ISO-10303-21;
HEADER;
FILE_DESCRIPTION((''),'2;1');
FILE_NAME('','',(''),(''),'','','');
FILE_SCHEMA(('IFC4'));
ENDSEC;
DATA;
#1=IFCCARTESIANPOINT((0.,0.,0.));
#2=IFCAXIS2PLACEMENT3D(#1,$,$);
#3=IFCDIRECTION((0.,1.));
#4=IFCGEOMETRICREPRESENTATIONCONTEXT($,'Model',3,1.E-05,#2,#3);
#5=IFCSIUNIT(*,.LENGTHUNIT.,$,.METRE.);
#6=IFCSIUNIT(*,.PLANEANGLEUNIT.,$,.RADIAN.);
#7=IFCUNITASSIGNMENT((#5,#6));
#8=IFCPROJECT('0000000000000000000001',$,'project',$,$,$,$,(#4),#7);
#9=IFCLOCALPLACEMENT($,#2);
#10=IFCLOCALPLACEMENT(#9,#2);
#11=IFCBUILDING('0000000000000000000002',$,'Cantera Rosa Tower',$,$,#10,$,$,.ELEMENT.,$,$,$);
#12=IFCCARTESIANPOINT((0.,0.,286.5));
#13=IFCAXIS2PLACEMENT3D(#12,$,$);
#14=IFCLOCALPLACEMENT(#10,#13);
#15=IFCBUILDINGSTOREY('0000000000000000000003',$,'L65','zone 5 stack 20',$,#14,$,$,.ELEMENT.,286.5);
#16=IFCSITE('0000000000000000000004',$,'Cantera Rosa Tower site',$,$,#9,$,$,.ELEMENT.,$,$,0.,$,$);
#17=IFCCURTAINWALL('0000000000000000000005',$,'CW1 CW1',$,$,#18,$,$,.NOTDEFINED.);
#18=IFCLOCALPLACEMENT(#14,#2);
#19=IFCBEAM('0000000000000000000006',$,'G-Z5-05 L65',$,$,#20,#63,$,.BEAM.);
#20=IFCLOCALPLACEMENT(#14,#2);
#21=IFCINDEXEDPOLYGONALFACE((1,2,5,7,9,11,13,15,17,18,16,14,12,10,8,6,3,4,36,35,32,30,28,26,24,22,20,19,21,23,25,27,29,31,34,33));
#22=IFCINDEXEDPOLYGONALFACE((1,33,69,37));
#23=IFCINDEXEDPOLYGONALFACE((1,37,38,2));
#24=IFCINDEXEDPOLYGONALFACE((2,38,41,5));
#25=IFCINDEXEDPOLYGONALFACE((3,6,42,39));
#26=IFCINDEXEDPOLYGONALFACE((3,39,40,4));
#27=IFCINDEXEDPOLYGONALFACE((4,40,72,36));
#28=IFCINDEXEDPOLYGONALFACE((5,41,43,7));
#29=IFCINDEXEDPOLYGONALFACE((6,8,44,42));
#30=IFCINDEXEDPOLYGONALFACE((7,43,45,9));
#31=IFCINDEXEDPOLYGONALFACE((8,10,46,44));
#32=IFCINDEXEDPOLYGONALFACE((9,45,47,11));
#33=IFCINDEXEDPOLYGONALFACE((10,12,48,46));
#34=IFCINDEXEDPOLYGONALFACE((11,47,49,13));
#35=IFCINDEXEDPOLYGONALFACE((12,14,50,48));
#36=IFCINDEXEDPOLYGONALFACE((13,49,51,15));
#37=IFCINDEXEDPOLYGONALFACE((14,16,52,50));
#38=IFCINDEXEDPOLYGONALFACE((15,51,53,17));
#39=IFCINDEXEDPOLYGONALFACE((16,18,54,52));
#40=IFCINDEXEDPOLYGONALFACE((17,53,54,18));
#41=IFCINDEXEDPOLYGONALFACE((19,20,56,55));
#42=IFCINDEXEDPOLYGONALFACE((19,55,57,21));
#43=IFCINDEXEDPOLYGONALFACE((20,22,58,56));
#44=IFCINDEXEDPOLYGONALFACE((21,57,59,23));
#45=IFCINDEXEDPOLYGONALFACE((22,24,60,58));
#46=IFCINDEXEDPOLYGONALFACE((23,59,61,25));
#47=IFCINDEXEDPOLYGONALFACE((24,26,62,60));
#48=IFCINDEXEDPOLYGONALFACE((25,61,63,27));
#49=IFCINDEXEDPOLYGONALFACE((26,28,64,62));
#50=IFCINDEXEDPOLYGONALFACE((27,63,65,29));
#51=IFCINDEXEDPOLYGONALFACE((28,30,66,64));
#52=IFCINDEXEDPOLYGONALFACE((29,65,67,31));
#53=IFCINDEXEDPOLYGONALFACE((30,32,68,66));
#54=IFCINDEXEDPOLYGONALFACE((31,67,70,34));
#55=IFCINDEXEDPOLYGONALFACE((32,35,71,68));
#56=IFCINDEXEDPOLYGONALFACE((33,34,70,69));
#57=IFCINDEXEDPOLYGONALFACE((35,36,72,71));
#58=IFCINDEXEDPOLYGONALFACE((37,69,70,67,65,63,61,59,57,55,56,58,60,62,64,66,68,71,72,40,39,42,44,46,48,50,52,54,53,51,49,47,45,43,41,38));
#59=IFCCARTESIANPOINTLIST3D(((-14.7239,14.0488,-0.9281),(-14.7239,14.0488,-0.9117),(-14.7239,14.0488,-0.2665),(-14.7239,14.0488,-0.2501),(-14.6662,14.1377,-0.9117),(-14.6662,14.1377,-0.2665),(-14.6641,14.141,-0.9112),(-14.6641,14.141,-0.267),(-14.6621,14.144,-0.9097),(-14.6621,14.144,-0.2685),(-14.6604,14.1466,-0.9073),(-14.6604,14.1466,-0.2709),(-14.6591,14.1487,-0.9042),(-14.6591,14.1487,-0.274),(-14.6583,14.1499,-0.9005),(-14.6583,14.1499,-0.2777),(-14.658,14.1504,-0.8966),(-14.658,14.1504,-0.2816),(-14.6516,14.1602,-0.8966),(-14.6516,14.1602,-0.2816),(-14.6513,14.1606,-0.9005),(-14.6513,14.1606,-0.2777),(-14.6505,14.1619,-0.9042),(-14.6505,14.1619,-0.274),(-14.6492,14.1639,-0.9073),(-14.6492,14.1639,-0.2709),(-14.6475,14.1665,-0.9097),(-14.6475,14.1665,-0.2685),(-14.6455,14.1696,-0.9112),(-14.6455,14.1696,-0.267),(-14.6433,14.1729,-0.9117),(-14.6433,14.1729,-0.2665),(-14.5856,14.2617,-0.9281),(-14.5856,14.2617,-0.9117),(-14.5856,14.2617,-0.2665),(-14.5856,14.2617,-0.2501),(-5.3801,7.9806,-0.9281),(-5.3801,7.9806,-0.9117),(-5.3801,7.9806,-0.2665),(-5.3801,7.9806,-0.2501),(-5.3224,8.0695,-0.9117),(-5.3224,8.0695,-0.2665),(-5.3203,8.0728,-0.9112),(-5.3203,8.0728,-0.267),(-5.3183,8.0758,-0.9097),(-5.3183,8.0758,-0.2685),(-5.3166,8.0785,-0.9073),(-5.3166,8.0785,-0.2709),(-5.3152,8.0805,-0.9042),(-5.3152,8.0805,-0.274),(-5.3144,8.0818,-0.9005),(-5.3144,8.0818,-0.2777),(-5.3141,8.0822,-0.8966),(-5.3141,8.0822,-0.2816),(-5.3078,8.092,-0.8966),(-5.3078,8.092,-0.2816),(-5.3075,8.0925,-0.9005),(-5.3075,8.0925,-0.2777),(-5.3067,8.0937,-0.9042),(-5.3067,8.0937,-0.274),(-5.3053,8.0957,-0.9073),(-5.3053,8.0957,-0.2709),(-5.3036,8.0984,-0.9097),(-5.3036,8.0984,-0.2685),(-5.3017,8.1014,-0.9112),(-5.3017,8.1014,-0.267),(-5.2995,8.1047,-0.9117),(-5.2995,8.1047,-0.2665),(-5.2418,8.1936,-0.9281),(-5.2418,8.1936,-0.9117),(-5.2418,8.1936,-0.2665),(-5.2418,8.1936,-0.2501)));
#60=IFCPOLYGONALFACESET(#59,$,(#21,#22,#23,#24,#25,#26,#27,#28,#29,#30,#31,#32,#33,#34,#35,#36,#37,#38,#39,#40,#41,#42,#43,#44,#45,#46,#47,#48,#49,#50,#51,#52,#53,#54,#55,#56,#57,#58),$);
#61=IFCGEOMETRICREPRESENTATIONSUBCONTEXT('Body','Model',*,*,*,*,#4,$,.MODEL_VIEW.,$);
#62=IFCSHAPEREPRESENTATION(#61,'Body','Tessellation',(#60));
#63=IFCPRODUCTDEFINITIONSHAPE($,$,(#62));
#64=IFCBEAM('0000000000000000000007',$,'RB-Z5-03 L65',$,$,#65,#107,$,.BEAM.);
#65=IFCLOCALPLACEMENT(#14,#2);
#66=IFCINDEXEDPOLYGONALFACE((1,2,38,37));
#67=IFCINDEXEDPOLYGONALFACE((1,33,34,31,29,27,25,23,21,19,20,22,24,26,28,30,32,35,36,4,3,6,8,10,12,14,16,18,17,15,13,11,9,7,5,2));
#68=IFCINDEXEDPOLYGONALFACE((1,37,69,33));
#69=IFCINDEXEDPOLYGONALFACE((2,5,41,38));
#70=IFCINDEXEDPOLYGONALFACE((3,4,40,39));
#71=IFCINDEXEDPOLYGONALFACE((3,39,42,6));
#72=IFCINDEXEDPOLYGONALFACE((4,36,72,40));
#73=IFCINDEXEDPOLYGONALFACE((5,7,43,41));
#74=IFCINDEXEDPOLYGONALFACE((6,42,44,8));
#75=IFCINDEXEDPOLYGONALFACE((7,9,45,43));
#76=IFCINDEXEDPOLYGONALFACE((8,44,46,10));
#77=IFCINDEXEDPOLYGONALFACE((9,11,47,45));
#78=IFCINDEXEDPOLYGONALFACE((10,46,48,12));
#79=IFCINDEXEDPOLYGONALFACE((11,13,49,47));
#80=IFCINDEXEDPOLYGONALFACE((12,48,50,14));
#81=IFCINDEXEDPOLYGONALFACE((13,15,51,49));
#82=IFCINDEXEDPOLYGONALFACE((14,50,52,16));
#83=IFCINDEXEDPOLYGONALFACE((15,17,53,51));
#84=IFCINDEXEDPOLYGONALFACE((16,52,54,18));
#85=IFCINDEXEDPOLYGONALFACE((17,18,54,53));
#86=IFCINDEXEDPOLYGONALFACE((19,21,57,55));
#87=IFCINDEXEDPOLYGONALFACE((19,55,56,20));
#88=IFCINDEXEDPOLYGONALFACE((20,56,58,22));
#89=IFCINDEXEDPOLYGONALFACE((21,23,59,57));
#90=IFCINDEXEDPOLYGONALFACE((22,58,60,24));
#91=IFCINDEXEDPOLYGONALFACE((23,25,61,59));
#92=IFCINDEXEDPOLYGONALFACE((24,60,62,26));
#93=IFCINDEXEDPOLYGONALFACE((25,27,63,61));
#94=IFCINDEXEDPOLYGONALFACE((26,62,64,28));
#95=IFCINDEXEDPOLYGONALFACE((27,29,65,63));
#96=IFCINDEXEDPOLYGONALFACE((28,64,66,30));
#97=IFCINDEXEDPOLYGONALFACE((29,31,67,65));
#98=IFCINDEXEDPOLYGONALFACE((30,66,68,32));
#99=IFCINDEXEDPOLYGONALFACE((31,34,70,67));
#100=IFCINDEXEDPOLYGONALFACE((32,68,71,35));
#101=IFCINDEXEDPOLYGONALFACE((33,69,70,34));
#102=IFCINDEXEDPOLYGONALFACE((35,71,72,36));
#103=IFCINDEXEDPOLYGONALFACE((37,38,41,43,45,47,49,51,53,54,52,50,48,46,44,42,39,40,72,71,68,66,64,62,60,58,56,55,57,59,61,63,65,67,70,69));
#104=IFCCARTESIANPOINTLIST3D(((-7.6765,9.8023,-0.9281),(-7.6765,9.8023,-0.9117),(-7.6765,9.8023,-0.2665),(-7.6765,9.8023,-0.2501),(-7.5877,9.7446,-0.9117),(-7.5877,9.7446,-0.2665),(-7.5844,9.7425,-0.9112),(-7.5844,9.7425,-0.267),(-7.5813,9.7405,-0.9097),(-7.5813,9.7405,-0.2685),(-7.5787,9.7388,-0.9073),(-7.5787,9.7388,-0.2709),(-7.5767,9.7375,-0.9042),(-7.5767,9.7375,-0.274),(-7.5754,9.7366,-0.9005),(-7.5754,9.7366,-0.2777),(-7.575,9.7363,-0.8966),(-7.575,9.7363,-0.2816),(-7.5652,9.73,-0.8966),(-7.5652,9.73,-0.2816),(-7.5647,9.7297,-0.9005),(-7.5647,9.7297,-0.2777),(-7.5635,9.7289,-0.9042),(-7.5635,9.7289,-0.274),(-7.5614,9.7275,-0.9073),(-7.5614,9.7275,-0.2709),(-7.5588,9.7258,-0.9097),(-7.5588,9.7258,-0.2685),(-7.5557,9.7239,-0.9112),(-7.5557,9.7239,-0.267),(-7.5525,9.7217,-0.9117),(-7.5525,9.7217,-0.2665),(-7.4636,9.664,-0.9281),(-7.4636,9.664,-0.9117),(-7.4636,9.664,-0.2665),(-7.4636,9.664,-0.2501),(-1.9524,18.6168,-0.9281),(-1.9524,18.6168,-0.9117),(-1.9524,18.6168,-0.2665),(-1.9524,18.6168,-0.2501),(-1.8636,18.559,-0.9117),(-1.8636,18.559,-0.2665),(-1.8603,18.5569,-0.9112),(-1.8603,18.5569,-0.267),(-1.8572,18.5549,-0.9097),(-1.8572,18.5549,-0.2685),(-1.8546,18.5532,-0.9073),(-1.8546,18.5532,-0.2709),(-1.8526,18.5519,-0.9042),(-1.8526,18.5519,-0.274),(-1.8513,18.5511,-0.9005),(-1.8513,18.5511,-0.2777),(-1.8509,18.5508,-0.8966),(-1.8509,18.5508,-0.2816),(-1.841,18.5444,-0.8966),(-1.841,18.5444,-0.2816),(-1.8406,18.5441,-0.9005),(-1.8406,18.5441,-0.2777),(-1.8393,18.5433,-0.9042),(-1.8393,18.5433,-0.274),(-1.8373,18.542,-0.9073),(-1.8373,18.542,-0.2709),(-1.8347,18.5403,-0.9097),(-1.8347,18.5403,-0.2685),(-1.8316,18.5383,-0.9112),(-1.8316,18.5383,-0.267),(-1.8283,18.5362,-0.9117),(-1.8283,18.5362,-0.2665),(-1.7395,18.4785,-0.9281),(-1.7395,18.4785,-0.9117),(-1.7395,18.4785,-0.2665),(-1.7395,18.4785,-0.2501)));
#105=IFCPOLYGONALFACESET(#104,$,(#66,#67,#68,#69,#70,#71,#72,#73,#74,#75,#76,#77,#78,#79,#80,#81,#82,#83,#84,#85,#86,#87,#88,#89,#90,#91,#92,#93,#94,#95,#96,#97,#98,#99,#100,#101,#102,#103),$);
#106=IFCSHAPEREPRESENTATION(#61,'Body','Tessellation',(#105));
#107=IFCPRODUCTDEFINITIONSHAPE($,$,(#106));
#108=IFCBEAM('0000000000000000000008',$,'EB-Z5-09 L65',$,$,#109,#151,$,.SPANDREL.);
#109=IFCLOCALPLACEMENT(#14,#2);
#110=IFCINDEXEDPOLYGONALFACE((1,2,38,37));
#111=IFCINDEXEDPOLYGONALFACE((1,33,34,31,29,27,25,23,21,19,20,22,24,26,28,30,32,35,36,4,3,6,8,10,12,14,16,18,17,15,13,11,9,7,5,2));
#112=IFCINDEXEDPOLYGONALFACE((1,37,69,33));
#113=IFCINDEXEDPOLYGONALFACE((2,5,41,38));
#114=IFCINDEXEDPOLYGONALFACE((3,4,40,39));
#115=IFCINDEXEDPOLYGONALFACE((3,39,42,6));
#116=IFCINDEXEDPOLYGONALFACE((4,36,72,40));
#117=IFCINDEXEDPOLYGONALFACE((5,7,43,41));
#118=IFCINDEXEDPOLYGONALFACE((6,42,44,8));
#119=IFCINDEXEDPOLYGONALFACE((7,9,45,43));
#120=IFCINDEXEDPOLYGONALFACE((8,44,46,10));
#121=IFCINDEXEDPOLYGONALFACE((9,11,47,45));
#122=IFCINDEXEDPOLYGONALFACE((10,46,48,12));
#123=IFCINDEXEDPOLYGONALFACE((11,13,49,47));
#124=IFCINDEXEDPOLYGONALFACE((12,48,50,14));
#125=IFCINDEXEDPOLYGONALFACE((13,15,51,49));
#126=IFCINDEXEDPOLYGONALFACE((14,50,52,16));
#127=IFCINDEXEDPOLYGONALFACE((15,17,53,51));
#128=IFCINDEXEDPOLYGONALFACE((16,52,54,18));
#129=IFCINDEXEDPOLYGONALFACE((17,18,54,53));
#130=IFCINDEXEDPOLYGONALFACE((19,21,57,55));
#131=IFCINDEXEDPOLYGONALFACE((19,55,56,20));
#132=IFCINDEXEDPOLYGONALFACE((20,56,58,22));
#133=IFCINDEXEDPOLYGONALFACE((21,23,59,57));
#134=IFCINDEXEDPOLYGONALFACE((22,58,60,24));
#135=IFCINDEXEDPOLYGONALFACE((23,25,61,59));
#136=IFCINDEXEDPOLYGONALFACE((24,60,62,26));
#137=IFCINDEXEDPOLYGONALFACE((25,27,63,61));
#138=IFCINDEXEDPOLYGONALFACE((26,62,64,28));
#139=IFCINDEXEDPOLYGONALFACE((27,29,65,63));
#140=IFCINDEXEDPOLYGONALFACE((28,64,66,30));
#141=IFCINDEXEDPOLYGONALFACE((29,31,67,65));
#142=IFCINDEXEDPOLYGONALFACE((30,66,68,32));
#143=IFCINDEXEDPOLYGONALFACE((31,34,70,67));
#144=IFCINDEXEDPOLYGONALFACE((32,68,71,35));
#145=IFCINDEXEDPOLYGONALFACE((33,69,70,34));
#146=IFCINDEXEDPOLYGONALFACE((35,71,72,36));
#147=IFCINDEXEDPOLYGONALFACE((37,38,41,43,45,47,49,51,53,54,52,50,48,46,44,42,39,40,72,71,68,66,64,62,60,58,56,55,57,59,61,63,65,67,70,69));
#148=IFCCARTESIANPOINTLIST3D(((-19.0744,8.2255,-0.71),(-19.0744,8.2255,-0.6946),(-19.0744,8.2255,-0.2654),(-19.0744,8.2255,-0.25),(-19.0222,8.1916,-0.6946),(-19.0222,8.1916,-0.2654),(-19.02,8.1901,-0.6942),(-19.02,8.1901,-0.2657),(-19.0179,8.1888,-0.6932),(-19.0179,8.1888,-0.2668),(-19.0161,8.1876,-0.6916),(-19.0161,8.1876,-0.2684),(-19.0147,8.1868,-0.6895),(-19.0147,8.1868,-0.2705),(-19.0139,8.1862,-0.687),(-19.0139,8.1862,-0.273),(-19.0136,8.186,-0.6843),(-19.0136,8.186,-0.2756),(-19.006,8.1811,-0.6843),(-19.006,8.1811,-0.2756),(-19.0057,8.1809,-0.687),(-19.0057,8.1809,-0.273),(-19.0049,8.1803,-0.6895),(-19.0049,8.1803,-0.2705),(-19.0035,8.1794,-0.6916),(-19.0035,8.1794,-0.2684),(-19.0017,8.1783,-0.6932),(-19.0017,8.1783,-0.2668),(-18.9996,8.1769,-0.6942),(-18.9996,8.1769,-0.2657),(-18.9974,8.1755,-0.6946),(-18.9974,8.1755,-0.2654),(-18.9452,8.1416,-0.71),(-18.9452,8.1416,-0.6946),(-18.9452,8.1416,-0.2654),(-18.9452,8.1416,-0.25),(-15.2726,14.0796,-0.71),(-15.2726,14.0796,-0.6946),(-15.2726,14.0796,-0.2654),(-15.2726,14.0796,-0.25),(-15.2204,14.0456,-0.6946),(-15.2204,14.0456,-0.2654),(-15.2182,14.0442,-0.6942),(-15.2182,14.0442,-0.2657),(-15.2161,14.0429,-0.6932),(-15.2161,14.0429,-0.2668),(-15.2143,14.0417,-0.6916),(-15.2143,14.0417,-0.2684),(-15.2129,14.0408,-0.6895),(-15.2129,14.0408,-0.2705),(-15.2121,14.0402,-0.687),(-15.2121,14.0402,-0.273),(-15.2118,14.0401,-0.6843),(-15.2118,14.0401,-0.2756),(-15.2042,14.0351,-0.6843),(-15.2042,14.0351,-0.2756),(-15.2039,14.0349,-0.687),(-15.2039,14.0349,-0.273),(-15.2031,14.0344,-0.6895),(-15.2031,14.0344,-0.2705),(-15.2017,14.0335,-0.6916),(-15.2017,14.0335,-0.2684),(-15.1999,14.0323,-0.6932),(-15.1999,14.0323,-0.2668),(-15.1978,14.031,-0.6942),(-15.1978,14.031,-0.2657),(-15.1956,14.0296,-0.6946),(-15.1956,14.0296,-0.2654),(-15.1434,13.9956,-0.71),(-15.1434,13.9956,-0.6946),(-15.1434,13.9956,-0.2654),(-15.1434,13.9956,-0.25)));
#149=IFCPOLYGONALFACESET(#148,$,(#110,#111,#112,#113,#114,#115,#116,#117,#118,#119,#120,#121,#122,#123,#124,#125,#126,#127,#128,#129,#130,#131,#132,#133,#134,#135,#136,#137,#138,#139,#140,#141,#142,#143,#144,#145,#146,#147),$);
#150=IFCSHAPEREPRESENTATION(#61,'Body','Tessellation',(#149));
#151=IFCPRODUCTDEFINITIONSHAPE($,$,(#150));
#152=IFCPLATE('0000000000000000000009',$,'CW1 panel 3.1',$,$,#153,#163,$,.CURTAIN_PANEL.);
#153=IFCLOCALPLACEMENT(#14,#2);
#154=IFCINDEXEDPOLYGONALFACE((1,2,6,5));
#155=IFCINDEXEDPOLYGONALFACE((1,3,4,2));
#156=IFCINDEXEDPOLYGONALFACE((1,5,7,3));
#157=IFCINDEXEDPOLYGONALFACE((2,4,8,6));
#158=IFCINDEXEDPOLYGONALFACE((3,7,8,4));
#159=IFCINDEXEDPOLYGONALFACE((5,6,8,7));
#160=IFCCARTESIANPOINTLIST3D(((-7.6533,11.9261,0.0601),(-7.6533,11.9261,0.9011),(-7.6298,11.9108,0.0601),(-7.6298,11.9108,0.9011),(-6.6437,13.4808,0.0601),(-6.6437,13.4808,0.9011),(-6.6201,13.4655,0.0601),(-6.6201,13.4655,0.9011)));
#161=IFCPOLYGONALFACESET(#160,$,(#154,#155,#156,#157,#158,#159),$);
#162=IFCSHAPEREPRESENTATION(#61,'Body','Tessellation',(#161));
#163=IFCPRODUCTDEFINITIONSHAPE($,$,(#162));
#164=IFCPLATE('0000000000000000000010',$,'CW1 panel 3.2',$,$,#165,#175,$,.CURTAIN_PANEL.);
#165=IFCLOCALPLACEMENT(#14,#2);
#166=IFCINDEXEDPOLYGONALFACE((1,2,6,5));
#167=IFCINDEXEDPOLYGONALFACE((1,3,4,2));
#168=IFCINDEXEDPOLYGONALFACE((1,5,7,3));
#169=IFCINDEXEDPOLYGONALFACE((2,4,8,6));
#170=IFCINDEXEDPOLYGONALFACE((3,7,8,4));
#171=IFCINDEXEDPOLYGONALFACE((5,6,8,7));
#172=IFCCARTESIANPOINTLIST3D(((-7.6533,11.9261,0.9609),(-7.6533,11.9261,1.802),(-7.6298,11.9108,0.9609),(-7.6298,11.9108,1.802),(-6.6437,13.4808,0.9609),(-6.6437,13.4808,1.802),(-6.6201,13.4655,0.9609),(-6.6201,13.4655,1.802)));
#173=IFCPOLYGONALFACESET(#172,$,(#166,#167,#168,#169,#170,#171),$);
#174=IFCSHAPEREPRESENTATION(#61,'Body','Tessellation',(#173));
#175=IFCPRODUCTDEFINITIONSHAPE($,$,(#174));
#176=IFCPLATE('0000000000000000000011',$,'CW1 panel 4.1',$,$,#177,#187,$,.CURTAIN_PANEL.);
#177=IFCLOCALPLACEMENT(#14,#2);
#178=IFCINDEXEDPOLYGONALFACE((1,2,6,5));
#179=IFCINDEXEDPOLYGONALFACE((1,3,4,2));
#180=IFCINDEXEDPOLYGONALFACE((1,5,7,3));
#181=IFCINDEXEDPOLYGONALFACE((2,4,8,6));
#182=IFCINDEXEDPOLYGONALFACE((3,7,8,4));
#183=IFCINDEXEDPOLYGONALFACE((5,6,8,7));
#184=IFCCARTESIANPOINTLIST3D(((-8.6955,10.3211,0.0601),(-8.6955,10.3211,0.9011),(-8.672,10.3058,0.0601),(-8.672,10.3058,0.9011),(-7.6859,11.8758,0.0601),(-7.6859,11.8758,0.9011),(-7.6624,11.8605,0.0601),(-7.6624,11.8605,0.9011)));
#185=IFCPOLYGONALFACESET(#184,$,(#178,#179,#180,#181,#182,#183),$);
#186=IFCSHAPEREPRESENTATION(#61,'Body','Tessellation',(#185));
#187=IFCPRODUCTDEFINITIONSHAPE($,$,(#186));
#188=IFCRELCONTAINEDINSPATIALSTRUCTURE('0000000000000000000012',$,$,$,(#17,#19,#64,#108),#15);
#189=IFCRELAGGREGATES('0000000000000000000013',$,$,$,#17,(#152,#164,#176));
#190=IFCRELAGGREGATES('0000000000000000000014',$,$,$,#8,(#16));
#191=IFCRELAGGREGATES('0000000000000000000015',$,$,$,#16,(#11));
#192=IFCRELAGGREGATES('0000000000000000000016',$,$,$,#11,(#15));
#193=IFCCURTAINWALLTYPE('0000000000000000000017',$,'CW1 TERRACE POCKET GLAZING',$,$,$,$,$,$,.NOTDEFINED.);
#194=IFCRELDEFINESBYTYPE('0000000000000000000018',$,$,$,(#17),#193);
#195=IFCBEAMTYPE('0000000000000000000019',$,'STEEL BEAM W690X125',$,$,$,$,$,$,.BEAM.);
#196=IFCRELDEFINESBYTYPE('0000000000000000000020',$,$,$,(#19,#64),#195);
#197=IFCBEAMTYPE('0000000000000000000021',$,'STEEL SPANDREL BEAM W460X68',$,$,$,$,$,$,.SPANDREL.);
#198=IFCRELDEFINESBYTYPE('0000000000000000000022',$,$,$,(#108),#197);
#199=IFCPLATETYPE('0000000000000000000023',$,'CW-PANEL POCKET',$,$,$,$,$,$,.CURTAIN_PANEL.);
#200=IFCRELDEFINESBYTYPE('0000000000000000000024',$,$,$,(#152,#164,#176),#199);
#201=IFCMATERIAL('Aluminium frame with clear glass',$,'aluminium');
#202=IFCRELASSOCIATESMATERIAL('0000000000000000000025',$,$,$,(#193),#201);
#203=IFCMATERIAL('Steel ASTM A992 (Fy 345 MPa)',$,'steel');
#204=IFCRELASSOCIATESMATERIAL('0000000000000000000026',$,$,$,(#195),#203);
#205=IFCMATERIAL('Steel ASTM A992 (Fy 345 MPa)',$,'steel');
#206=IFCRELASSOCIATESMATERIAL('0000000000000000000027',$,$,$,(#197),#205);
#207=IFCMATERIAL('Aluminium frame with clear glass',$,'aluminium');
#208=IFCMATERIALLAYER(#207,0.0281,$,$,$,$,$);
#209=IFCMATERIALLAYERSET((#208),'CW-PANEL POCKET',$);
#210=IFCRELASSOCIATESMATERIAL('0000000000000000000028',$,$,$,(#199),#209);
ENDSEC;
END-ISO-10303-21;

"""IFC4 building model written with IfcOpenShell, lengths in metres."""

from ifc_helpers import new_model, si_unit, direction, frame, origin, origin_2d, place, context, subcontext, project, spatial, rectangle, i_section, extrude, material, layer, layer_set, material_profile, profile_set, type_object, element, aggregate, save


model = new_model("IFC4")

# Units and contexts
model_context = context("Model", 3, precision=1e-05, world=origin(), true_north=direction((0.0, 1.0)))
body_context = subcontext(model_context, "Body", "Model", "MODEL_VIEW")
ifc_project = project(units=[si_unit("LENGTHUNIT", "METRE"), si_unit("PLANEANGLEUNIT", "RADIAN")], contexts=[model_context])

# Site, building, storey
site_placement = place(None, origin())
site = spatial("IfcSite", under=ifc_project, at=site_placement, Name="Cantera Rosa Tower site", CompositionType="ELEMENT", RefElevation=0.0)
building_placement = place(site_placement, origin())
building = spatial("IfcBuilding", under=site, at=building_placement, Name="Cantera Rosa Tower", CompositionType="ELEMENT")
storey_placement = place(building_placement, frame((0.0, 0.0, 286.5)))
storey = spatial("IfcBuildingStorey", under=building, at=storey_placement, Name="L65", Description="zone 5 stack 20", CompositionType="ELEMENT", Elevation=286.5)

# Curtain wall
ifc_material_1 = material(Name="Aluminium frame with clear glass", Category="aluminium")
curtain_wall_type = type_object("IfcCurtainWallType", Name="CW1 TERRACE POCKET GLAZING", PredefinedType="NOTDEFINED", material=ifc_material_1)
curtain_wall_placement = place(storey_placement, origin())
curtain_wall = element("IfcCurtainWall", 1, at=curtain_wall_placement, inside=storey, type_object=curtain_wall_type, Name="CW1 CW1", PredefinedType="NOTDEFINED")

# Beams
ifc_material_2 = material(Name="Steel ASTM A992 (Fy 345 MPa)", Category="steel")
ifc_material_profile_1 = material_profile(ifc_material_2, i_section(OverallWidth=0.2539, OverallDepth=0.678, WebThickness=0.0117, FlangeThickness=0.0164, FilletRadius=0.0151, at=origin_2d()), Name="W690X125")
ifc_profile_set_1 = profile_set([ifc_material_profile_1], Name="Steel ASTM A992 (Fy 345 MPa)")
beam_type_1 = type_object("IfcBeamType", Name="STEEL BEAM W690X125", PredefinedType="BEAM", material=ifc_profile_set_1)
beam_1_placement = place(storey_placement, frame((-14.6548, 14.1553, -0.5891), z_axis=(0.838662, -0.544652, 0.0), x_axis=(0.544652, 0.838662, 0.0)))
element("IfcBeam", 2, at=beam_1_placement, inside=storey, type_object=beam_type_1, Name="G-Z5-05 L65", PredefinedType="BEAM", context=body_context, shape_type="SweptSolid", body=[
    extrude(i_section(OverallWidth=0.2539, OverallDepth=0.678, WebThickness=0.0117, FlangeThickness=0.0164, FilletRadius=0.0151, at=origin_2d()), origin(), (0.0, 0.0, 1.0), 11.1414),
])
beam_2_placement = place(storey_placement, frame((-7.5701, 9.7332, -0.5891), z_axis=(0.544636, 0.838673, 0.0), x_axis=(-0.838673, 0.544636, 0.0)))
element("IfcBeam", 3, at=beam_2_placement, inside=storey, type_object=beam_type_1, Name="RB-Z5-03 L65", PredefinedType="BEAM", context=body_context, shape_type="SweptSolid", body=[
    extrude(i_section(OverallWidth=0.2539, OverallDepth=0.678, WebThickness=0.0117, FlangeThickness=0.0164, FilletRadius=0.0151, at=origin_2d()), origin(), (0.0, 0.0, 1.0), 10.51),
])
ifc_material_3 = material(Name="Steel ASTM A992 (Fy 345 MPa)", Category="steel")
ifc_material_profile_2 = material_profile(ifc_material_3, i_section(OverallWidth=0.1541, OverallDepth=0.46, WebThickness=0.009, FlangeThickness=0.0154, FilletRadius=0.0103, at=origin_2d()), Name="W460X68")
ifc_profile_set_2 = profile_set([ifc_material_profile_2], Name="Steel ASTM A992 (Fy 345 MPa)")
beam_type_2 = type_object("IfcBeamType", Name="STEEL SPANDREL BEAM W460X68", PredefinedType="SPANDREL", material=ifc_profile_set_2)
beam_3_placement = place(storey_placement, frame((-15.208, 14.0376, -0.48), z_axis=(-0.544651, -0.838663, 0.0), x_axis=(0.838663, -0.544651, 0.0)))
element("IfcBeam", 4, at=beam_3_placement, inside=storey, type_object=beam_type_2, Name="EB-Z5-09 L65", PredefinedType="SPANDREL", context=body_context, shape_type="SweptSolid", body=[
    extrude(i_section(OverallWidth=0.1541, OverallDepth=0.46, WebThickness=0.009, FlangeThickness=0.0154, FilletRadius=0.0103, at=origin_2d()), origin(), (0.0, 0.0, 1.0), 6.9802),
])

# Plates
ifc_material_4 = material(Name="Aluminium frame with clear glass", Category="aluminium")
ifc_layer_1 = layer(ifc_material_4, 0.0281)
ifc_layer_set_1 = layer_set([ifc_layer_1], Name="CW-PANEL POCKET")
plate_type = type_object("IfcPlateType", Name="CW-PANEL POCKET", PredefinedType="CURTAIN_PANEL", material=ifc_layer_set_1)
plate_1_placement = place(storey_placement, frame((-7.1367, 12.6958, 0.0601), z_axis=(0.0, 0.0, 1.0), x_axis=(-0.544639, -0.838671, 0.0)))
plate_1 = element("IfcPlate", 5, at=plate_1_placement, type_object=plate_type, Name="CW1 panel 3.1", PredefinedType="CURTAIN_PANEL", context=body_context, shape_type="SweptSolid", body=[
    extrude(rectangle(XDim=1.8538, YDim=0.0281, at=origin_2d()), origin(), (0.0, 0.0, 1.0), 0.8411),
])
plate_2_placement = place(storey_placement, frame((-7.1367, 12.6958, 0.9609), z_axis=(0.0, 0.0, 1.0), x_axis=(-0.544639, -0.838671, 0.0)))
plate_2 = element("IfcPlate", 6, at=plate_2_placement, type_object=plate_type, Name="CW1 panel 3.2", PredefinedType="CURTAIN_PANEL", context=body_context, shape_type="SweptSolid", body=[
    extrude(rectangle(XDim=1.8538, YDim=0.0281, at=origin_2d()), origin(), (0.0, 0.0, 1.0), 0.8411),
])
plate_3_placement = place(storey_placement, frame((-8.179, 11.0908, 0.0601), z_axis=(0.0, 0.0, 1.0), x_axis=(-0.544639, -0.838671, 0.0)))
plate_3 = element("IfcPlate", 7, at=plate_3_placement, type_object=plate_type, Name="CW1 panel 4.1", PredefinedType="CURTAIN_PANEL", context=body_context, shape_type="SweptSolid", body=[
    extrude(rectangle(XDim=1.8538, YDim=0.0281, at=origin_2d()), origin(), (0.0, 0.0, 1.0), 0.8411),
])
aggregate(curtain_wall, [plate_1, plate_2, plate_3])

save(model, "model.ifc")
